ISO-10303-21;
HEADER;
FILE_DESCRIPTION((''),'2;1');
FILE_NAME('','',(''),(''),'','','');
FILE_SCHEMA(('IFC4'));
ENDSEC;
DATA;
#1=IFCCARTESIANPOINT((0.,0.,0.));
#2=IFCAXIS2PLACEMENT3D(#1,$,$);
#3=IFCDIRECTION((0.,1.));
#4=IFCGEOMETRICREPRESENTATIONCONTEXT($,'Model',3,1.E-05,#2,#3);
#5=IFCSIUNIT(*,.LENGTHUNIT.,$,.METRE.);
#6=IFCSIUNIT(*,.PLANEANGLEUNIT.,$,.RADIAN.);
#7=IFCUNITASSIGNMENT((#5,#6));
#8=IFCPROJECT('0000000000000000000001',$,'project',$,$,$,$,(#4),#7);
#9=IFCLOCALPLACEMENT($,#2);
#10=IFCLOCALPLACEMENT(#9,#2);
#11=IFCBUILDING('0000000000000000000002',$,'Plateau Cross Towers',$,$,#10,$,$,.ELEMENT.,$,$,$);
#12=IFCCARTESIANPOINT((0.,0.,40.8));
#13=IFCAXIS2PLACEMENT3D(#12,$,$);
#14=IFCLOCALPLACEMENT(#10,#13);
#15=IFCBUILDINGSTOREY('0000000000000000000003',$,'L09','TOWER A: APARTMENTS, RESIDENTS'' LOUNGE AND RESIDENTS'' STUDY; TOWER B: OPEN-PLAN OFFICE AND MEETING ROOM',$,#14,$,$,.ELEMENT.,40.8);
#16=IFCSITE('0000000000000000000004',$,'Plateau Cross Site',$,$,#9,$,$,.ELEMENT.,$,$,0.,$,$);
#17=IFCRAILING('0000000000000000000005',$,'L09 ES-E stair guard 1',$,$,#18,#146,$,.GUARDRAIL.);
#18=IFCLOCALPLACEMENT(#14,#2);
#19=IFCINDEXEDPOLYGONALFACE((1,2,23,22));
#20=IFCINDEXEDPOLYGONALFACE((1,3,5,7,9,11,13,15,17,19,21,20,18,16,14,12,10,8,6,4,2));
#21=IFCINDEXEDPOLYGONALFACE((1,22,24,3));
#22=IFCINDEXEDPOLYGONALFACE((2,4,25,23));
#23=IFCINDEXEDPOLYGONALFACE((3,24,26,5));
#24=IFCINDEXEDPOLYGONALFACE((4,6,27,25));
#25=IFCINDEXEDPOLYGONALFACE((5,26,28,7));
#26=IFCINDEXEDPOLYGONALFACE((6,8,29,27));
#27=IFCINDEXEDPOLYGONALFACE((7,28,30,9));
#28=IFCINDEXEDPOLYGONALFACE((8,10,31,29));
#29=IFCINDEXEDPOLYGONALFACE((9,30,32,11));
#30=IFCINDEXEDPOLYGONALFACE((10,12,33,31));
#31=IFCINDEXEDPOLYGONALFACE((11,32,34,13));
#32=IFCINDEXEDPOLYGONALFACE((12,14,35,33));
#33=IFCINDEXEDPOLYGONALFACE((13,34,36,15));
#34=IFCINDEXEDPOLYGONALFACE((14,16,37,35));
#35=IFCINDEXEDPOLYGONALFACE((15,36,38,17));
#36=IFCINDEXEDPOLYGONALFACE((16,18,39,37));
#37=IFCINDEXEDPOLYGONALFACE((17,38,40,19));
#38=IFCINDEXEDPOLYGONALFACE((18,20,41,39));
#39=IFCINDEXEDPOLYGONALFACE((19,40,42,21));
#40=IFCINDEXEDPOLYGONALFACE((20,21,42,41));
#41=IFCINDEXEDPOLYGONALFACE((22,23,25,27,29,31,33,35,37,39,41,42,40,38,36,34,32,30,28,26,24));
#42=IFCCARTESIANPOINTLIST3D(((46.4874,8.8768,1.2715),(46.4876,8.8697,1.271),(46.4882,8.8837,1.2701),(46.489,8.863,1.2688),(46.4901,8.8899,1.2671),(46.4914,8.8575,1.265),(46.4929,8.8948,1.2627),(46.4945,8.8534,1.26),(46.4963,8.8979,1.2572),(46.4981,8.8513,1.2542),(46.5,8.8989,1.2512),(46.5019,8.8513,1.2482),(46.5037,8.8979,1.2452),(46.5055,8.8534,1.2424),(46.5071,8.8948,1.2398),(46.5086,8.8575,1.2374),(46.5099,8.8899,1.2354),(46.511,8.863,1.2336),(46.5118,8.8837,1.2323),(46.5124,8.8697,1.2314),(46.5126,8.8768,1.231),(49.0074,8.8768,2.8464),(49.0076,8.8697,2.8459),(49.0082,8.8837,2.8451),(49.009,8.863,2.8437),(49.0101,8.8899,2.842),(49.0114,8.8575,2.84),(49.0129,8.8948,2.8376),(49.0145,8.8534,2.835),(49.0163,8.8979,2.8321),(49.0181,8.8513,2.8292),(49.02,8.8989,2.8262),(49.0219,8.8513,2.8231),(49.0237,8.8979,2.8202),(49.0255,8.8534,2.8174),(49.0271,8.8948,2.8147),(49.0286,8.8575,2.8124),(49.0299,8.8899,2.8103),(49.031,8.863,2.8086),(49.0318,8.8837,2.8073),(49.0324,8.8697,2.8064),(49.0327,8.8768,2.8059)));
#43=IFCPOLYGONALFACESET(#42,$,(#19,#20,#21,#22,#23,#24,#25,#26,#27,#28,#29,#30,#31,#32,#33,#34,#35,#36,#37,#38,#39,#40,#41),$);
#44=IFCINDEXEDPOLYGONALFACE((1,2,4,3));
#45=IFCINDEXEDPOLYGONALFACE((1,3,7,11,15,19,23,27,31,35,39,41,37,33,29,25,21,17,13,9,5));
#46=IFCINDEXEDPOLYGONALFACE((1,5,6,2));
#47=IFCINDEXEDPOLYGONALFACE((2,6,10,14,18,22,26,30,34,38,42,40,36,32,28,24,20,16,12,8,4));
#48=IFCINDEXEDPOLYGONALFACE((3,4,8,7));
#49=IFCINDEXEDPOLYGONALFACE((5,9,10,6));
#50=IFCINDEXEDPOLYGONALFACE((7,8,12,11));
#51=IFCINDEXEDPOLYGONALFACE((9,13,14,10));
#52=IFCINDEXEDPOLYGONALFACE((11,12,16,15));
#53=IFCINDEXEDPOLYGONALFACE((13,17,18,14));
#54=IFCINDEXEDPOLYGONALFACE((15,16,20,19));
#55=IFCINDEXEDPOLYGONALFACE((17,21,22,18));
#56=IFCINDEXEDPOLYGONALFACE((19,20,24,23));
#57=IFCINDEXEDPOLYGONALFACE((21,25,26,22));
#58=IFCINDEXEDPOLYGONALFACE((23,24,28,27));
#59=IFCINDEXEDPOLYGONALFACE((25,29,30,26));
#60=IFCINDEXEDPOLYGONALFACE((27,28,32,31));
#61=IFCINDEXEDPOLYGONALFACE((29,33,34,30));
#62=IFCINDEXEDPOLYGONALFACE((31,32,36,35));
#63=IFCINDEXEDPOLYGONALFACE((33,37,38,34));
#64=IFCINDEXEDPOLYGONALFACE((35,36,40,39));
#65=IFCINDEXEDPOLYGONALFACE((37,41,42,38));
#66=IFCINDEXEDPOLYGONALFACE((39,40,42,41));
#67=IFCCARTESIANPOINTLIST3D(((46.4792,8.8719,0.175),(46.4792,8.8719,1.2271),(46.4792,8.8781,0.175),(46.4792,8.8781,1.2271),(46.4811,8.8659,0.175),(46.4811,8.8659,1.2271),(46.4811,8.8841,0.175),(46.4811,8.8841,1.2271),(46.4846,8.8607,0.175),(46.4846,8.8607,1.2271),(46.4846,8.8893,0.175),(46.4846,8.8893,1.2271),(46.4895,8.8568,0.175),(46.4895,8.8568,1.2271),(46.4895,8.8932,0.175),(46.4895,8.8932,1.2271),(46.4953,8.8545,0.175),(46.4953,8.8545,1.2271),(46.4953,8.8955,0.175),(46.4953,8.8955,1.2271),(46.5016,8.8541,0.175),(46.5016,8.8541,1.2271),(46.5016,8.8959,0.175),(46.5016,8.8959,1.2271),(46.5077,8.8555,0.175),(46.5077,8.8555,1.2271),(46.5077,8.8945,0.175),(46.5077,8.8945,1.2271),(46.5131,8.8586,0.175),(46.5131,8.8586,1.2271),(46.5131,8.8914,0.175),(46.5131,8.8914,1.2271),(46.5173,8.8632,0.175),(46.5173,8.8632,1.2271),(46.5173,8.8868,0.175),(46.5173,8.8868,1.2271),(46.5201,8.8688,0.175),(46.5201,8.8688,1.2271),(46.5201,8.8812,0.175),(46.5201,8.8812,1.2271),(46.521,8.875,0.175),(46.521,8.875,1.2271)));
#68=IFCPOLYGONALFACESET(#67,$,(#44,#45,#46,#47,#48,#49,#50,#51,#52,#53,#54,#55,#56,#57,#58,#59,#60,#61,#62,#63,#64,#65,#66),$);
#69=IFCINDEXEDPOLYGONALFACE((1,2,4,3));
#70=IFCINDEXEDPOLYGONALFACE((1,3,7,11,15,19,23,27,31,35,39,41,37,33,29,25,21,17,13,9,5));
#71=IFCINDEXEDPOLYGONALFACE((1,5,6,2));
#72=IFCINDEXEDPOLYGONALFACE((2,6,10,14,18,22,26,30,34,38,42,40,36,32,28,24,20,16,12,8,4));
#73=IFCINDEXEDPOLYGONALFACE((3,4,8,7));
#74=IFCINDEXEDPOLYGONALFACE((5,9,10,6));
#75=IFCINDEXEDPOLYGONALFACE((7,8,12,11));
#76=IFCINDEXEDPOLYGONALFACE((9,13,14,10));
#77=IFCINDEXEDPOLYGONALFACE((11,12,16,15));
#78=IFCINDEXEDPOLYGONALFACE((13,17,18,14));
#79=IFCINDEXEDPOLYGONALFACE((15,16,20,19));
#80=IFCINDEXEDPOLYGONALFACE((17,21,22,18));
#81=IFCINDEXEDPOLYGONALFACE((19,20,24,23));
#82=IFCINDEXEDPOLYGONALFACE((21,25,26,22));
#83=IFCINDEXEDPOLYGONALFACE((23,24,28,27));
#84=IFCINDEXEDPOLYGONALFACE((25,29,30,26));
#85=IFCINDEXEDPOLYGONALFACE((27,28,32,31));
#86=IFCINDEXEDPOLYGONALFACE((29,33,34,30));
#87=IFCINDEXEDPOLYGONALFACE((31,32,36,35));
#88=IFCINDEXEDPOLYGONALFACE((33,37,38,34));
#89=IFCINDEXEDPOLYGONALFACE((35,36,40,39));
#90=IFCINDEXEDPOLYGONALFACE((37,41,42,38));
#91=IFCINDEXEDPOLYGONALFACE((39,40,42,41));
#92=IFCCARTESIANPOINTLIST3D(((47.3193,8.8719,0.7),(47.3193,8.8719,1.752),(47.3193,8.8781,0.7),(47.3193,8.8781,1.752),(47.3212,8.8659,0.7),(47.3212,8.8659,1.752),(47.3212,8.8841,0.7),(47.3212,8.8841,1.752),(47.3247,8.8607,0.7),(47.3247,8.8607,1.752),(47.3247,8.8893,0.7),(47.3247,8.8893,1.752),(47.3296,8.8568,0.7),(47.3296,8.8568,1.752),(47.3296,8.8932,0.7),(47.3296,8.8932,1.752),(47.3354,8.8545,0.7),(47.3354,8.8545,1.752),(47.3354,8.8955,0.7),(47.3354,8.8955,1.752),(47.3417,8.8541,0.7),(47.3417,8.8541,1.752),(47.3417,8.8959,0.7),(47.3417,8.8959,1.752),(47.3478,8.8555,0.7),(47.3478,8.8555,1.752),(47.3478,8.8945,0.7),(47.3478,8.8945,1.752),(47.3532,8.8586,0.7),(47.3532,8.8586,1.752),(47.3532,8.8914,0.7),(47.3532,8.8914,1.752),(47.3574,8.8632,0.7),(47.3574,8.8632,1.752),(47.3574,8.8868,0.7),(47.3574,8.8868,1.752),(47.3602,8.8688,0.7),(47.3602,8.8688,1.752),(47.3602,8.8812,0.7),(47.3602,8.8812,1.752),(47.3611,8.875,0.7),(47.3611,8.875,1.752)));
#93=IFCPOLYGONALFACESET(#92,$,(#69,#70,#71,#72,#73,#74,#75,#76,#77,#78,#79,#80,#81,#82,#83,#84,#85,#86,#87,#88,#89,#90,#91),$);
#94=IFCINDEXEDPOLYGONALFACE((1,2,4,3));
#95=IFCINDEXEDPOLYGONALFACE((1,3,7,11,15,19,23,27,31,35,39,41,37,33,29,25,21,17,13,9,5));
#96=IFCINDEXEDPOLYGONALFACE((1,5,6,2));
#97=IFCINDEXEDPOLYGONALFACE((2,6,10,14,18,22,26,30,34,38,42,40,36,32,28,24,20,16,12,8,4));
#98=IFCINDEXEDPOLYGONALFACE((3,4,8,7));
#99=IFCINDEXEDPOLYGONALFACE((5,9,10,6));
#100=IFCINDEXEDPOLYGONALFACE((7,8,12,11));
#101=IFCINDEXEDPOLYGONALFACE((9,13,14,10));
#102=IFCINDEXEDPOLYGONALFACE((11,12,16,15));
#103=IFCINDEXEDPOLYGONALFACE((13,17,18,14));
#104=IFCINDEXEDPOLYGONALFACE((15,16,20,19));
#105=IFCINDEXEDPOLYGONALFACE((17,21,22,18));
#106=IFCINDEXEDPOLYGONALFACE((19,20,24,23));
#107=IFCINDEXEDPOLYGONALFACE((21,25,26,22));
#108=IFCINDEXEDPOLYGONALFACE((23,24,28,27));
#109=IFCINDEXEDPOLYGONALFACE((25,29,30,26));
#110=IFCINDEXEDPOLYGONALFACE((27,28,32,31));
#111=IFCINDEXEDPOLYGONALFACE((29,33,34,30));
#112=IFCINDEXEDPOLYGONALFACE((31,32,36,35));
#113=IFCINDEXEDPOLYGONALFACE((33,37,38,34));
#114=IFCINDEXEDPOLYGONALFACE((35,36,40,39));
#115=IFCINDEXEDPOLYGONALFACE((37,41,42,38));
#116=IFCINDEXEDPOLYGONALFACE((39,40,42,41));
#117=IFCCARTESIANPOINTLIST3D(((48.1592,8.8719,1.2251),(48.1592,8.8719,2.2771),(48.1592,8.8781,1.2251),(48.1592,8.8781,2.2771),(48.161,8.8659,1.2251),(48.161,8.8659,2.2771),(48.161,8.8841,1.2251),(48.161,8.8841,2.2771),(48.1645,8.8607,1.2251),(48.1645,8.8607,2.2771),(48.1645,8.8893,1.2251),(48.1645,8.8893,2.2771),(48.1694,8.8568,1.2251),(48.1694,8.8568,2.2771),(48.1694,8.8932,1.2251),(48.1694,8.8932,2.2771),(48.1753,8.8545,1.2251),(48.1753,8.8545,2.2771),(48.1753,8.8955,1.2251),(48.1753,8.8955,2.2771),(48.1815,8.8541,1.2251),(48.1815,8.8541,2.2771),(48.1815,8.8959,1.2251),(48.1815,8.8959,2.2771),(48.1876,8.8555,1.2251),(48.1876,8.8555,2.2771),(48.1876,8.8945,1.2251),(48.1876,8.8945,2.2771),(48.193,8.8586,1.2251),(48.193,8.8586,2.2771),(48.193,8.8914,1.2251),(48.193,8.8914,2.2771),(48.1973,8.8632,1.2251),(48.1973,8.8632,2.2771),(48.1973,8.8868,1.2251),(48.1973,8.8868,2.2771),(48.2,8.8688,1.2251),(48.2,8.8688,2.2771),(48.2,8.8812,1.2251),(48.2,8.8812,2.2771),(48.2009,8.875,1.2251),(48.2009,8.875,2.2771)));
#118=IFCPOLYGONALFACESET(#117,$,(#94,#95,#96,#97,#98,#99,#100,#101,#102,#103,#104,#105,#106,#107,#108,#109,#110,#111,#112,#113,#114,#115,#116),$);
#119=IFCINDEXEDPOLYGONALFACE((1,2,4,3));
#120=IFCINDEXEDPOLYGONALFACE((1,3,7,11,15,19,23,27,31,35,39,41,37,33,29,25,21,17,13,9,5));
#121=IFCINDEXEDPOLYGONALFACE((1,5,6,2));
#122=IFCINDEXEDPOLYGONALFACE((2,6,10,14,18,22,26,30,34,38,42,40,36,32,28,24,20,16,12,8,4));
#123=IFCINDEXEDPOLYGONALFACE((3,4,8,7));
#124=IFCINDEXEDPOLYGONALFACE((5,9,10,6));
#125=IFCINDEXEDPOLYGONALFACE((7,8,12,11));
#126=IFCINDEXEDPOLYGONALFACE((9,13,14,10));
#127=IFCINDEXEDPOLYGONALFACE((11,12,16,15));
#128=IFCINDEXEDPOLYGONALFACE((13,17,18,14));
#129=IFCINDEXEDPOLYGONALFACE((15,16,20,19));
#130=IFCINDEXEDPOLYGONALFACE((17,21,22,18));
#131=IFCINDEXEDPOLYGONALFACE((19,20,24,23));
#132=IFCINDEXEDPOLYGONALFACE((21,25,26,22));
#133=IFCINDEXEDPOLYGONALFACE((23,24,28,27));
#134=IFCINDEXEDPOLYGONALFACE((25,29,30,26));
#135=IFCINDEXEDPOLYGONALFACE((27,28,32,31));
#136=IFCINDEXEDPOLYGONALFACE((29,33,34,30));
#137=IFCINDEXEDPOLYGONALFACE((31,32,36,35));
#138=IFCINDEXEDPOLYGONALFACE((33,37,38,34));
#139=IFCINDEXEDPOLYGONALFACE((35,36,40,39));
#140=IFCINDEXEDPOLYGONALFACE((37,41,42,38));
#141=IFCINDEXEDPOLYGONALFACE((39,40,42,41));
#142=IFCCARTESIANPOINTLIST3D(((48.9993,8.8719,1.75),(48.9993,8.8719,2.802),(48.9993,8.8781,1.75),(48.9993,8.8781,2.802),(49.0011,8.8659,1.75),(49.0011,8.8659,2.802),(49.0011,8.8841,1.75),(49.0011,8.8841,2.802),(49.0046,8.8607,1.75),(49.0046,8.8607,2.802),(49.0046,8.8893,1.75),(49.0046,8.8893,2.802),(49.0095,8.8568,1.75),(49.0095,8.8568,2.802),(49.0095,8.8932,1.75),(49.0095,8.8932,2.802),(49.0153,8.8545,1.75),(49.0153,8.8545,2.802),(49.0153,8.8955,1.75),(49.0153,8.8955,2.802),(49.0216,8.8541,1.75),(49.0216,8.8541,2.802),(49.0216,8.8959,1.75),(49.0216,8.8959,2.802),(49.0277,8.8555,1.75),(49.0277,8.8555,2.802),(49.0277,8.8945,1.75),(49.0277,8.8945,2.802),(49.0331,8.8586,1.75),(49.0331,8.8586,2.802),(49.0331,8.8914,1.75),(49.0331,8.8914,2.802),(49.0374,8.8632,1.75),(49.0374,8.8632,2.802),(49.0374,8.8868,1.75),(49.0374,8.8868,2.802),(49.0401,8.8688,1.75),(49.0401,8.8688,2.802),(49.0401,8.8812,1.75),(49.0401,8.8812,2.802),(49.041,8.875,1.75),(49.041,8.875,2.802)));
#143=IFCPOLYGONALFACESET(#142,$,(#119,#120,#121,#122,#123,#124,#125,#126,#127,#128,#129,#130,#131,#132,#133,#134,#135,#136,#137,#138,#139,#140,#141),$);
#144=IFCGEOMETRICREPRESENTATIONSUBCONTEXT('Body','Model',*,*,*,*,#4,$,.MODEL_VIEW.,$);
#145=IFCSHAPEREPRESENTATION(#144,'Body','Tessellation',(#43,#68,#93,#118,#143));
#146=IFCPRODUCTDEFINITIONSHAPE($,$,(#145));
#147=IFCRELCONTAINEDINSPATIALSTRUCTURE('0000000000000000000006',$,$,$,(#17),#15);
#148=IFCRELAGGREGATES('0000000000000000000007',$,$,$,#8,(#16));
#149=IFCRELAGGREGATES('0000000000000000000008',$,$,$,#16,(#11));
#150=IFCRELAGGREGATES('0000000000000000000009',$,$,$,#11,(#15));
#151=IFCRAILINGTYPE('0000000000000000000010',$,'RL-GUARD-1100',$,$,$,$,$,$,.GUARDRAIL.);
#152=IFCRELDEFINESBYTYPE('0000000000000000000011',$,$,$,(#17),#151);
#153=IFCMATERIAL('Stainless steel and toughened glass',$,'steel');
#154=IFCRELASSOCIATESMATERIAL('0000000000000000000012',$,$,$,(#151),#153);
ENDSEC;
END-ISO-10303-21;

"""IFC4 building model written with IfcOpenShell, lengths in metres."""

from ifc_helpers import new_model, si_unit, direction, frame, origin, origin_2d, place, context, subcontext, project, spatial, circle, extrude, material, type_object, element, save


model = new_model("IFC4")

# Units and contexts
model_context = context("Model", 3, precision=1e-05, world=origin(), true_north=direction((0.0, 1.0)))
body_context = subcontext(model_context, "Body", "Model", "MODEL_VIEW")
ifc_project = project(units=[si_unit("LENGTHUNIT", "METRE"), si_unit("PLANEANGLEUNIT", "RADIAN")], contexts=[model_context])

# Site, building, storey
site_placement = place(None, origin())
site = spatial("IfcSite", under=ifc_project, at=site_placement, Name="Plateau Cross Site", CompositionType="ELEMENT", RefElevation=0.0)
building_placement = place(site_placement, origin())
building = spatial("IfcBuilding", under=site, at=building_placement, Name="Plateau Cross Towers", CompositionType="ELEMENT")
storey_placement = place(building_placement, frame((0.0, 0.0, 40.8)))
storey = spatial("IfcBuildingStorey", under=building, at=storey_placement, Name="L09", Description="TOWER A: APARTMENTS, RESIDENTS' LOUNGE AND RESIDENTS' STUDY; TOWER B: OPEN-PLAN OFFICE AND MEETING ROOM", CompositionType="ELEMENT", Elevation=40.8)

# Railing
ifc_material_1 = material(Name="Stainless steel and toughened glass", Category="steel")
railing_type_1 = type_object("IfcRailingType", Name="RL-GUARD-1100", PredefinedType="GUARDRAIL", material=ifc_material_1)
railing_1_placement = place(storey_placement, frame((46.5, 8.875, 0.175)))
element("IfcRailing", 1, at=railing_1_placement, inside=storey, type_object=railing_type_1, Name="L09 ES-E stair guard 1", PredefinedType="GUARDRAIL", context=body_context, shape_type="SweptSolid", body=[
    extrude(circle(Radius=0.0239, at=origin_2d()), frame((0.0, 0.0, 1.0762), z_axis=(0.848008, 0.0, 0.529984), x_axis=(0.0, 1.0, 0.0)), (0.0, 0.0, 1.0), 2.9717),
    extrude(circle(Radius=0.021, at=origin_2d()), origin(), (0.0, 0.0, 1.0), 1.052),
    extrude(circle(Radius=0.021, at=origin_2d()), frame((0.8401, 0.0, 0.5249)), (0.0, 0.0, 1.0), 1.052),
    extrude(circle(Radius=0.021, at=origin_2d()), frame((1.6799, 0.0, 1.05)), (0.0, 0.0, 1.0), 1.052),
    extrude(circle(Radius=0.021, at=origin_2d()), frame((2.52, 0.0, 1.575)), (0.0, 0.0, 1.0), 1.052),
])

save(model, "model.ifc")
